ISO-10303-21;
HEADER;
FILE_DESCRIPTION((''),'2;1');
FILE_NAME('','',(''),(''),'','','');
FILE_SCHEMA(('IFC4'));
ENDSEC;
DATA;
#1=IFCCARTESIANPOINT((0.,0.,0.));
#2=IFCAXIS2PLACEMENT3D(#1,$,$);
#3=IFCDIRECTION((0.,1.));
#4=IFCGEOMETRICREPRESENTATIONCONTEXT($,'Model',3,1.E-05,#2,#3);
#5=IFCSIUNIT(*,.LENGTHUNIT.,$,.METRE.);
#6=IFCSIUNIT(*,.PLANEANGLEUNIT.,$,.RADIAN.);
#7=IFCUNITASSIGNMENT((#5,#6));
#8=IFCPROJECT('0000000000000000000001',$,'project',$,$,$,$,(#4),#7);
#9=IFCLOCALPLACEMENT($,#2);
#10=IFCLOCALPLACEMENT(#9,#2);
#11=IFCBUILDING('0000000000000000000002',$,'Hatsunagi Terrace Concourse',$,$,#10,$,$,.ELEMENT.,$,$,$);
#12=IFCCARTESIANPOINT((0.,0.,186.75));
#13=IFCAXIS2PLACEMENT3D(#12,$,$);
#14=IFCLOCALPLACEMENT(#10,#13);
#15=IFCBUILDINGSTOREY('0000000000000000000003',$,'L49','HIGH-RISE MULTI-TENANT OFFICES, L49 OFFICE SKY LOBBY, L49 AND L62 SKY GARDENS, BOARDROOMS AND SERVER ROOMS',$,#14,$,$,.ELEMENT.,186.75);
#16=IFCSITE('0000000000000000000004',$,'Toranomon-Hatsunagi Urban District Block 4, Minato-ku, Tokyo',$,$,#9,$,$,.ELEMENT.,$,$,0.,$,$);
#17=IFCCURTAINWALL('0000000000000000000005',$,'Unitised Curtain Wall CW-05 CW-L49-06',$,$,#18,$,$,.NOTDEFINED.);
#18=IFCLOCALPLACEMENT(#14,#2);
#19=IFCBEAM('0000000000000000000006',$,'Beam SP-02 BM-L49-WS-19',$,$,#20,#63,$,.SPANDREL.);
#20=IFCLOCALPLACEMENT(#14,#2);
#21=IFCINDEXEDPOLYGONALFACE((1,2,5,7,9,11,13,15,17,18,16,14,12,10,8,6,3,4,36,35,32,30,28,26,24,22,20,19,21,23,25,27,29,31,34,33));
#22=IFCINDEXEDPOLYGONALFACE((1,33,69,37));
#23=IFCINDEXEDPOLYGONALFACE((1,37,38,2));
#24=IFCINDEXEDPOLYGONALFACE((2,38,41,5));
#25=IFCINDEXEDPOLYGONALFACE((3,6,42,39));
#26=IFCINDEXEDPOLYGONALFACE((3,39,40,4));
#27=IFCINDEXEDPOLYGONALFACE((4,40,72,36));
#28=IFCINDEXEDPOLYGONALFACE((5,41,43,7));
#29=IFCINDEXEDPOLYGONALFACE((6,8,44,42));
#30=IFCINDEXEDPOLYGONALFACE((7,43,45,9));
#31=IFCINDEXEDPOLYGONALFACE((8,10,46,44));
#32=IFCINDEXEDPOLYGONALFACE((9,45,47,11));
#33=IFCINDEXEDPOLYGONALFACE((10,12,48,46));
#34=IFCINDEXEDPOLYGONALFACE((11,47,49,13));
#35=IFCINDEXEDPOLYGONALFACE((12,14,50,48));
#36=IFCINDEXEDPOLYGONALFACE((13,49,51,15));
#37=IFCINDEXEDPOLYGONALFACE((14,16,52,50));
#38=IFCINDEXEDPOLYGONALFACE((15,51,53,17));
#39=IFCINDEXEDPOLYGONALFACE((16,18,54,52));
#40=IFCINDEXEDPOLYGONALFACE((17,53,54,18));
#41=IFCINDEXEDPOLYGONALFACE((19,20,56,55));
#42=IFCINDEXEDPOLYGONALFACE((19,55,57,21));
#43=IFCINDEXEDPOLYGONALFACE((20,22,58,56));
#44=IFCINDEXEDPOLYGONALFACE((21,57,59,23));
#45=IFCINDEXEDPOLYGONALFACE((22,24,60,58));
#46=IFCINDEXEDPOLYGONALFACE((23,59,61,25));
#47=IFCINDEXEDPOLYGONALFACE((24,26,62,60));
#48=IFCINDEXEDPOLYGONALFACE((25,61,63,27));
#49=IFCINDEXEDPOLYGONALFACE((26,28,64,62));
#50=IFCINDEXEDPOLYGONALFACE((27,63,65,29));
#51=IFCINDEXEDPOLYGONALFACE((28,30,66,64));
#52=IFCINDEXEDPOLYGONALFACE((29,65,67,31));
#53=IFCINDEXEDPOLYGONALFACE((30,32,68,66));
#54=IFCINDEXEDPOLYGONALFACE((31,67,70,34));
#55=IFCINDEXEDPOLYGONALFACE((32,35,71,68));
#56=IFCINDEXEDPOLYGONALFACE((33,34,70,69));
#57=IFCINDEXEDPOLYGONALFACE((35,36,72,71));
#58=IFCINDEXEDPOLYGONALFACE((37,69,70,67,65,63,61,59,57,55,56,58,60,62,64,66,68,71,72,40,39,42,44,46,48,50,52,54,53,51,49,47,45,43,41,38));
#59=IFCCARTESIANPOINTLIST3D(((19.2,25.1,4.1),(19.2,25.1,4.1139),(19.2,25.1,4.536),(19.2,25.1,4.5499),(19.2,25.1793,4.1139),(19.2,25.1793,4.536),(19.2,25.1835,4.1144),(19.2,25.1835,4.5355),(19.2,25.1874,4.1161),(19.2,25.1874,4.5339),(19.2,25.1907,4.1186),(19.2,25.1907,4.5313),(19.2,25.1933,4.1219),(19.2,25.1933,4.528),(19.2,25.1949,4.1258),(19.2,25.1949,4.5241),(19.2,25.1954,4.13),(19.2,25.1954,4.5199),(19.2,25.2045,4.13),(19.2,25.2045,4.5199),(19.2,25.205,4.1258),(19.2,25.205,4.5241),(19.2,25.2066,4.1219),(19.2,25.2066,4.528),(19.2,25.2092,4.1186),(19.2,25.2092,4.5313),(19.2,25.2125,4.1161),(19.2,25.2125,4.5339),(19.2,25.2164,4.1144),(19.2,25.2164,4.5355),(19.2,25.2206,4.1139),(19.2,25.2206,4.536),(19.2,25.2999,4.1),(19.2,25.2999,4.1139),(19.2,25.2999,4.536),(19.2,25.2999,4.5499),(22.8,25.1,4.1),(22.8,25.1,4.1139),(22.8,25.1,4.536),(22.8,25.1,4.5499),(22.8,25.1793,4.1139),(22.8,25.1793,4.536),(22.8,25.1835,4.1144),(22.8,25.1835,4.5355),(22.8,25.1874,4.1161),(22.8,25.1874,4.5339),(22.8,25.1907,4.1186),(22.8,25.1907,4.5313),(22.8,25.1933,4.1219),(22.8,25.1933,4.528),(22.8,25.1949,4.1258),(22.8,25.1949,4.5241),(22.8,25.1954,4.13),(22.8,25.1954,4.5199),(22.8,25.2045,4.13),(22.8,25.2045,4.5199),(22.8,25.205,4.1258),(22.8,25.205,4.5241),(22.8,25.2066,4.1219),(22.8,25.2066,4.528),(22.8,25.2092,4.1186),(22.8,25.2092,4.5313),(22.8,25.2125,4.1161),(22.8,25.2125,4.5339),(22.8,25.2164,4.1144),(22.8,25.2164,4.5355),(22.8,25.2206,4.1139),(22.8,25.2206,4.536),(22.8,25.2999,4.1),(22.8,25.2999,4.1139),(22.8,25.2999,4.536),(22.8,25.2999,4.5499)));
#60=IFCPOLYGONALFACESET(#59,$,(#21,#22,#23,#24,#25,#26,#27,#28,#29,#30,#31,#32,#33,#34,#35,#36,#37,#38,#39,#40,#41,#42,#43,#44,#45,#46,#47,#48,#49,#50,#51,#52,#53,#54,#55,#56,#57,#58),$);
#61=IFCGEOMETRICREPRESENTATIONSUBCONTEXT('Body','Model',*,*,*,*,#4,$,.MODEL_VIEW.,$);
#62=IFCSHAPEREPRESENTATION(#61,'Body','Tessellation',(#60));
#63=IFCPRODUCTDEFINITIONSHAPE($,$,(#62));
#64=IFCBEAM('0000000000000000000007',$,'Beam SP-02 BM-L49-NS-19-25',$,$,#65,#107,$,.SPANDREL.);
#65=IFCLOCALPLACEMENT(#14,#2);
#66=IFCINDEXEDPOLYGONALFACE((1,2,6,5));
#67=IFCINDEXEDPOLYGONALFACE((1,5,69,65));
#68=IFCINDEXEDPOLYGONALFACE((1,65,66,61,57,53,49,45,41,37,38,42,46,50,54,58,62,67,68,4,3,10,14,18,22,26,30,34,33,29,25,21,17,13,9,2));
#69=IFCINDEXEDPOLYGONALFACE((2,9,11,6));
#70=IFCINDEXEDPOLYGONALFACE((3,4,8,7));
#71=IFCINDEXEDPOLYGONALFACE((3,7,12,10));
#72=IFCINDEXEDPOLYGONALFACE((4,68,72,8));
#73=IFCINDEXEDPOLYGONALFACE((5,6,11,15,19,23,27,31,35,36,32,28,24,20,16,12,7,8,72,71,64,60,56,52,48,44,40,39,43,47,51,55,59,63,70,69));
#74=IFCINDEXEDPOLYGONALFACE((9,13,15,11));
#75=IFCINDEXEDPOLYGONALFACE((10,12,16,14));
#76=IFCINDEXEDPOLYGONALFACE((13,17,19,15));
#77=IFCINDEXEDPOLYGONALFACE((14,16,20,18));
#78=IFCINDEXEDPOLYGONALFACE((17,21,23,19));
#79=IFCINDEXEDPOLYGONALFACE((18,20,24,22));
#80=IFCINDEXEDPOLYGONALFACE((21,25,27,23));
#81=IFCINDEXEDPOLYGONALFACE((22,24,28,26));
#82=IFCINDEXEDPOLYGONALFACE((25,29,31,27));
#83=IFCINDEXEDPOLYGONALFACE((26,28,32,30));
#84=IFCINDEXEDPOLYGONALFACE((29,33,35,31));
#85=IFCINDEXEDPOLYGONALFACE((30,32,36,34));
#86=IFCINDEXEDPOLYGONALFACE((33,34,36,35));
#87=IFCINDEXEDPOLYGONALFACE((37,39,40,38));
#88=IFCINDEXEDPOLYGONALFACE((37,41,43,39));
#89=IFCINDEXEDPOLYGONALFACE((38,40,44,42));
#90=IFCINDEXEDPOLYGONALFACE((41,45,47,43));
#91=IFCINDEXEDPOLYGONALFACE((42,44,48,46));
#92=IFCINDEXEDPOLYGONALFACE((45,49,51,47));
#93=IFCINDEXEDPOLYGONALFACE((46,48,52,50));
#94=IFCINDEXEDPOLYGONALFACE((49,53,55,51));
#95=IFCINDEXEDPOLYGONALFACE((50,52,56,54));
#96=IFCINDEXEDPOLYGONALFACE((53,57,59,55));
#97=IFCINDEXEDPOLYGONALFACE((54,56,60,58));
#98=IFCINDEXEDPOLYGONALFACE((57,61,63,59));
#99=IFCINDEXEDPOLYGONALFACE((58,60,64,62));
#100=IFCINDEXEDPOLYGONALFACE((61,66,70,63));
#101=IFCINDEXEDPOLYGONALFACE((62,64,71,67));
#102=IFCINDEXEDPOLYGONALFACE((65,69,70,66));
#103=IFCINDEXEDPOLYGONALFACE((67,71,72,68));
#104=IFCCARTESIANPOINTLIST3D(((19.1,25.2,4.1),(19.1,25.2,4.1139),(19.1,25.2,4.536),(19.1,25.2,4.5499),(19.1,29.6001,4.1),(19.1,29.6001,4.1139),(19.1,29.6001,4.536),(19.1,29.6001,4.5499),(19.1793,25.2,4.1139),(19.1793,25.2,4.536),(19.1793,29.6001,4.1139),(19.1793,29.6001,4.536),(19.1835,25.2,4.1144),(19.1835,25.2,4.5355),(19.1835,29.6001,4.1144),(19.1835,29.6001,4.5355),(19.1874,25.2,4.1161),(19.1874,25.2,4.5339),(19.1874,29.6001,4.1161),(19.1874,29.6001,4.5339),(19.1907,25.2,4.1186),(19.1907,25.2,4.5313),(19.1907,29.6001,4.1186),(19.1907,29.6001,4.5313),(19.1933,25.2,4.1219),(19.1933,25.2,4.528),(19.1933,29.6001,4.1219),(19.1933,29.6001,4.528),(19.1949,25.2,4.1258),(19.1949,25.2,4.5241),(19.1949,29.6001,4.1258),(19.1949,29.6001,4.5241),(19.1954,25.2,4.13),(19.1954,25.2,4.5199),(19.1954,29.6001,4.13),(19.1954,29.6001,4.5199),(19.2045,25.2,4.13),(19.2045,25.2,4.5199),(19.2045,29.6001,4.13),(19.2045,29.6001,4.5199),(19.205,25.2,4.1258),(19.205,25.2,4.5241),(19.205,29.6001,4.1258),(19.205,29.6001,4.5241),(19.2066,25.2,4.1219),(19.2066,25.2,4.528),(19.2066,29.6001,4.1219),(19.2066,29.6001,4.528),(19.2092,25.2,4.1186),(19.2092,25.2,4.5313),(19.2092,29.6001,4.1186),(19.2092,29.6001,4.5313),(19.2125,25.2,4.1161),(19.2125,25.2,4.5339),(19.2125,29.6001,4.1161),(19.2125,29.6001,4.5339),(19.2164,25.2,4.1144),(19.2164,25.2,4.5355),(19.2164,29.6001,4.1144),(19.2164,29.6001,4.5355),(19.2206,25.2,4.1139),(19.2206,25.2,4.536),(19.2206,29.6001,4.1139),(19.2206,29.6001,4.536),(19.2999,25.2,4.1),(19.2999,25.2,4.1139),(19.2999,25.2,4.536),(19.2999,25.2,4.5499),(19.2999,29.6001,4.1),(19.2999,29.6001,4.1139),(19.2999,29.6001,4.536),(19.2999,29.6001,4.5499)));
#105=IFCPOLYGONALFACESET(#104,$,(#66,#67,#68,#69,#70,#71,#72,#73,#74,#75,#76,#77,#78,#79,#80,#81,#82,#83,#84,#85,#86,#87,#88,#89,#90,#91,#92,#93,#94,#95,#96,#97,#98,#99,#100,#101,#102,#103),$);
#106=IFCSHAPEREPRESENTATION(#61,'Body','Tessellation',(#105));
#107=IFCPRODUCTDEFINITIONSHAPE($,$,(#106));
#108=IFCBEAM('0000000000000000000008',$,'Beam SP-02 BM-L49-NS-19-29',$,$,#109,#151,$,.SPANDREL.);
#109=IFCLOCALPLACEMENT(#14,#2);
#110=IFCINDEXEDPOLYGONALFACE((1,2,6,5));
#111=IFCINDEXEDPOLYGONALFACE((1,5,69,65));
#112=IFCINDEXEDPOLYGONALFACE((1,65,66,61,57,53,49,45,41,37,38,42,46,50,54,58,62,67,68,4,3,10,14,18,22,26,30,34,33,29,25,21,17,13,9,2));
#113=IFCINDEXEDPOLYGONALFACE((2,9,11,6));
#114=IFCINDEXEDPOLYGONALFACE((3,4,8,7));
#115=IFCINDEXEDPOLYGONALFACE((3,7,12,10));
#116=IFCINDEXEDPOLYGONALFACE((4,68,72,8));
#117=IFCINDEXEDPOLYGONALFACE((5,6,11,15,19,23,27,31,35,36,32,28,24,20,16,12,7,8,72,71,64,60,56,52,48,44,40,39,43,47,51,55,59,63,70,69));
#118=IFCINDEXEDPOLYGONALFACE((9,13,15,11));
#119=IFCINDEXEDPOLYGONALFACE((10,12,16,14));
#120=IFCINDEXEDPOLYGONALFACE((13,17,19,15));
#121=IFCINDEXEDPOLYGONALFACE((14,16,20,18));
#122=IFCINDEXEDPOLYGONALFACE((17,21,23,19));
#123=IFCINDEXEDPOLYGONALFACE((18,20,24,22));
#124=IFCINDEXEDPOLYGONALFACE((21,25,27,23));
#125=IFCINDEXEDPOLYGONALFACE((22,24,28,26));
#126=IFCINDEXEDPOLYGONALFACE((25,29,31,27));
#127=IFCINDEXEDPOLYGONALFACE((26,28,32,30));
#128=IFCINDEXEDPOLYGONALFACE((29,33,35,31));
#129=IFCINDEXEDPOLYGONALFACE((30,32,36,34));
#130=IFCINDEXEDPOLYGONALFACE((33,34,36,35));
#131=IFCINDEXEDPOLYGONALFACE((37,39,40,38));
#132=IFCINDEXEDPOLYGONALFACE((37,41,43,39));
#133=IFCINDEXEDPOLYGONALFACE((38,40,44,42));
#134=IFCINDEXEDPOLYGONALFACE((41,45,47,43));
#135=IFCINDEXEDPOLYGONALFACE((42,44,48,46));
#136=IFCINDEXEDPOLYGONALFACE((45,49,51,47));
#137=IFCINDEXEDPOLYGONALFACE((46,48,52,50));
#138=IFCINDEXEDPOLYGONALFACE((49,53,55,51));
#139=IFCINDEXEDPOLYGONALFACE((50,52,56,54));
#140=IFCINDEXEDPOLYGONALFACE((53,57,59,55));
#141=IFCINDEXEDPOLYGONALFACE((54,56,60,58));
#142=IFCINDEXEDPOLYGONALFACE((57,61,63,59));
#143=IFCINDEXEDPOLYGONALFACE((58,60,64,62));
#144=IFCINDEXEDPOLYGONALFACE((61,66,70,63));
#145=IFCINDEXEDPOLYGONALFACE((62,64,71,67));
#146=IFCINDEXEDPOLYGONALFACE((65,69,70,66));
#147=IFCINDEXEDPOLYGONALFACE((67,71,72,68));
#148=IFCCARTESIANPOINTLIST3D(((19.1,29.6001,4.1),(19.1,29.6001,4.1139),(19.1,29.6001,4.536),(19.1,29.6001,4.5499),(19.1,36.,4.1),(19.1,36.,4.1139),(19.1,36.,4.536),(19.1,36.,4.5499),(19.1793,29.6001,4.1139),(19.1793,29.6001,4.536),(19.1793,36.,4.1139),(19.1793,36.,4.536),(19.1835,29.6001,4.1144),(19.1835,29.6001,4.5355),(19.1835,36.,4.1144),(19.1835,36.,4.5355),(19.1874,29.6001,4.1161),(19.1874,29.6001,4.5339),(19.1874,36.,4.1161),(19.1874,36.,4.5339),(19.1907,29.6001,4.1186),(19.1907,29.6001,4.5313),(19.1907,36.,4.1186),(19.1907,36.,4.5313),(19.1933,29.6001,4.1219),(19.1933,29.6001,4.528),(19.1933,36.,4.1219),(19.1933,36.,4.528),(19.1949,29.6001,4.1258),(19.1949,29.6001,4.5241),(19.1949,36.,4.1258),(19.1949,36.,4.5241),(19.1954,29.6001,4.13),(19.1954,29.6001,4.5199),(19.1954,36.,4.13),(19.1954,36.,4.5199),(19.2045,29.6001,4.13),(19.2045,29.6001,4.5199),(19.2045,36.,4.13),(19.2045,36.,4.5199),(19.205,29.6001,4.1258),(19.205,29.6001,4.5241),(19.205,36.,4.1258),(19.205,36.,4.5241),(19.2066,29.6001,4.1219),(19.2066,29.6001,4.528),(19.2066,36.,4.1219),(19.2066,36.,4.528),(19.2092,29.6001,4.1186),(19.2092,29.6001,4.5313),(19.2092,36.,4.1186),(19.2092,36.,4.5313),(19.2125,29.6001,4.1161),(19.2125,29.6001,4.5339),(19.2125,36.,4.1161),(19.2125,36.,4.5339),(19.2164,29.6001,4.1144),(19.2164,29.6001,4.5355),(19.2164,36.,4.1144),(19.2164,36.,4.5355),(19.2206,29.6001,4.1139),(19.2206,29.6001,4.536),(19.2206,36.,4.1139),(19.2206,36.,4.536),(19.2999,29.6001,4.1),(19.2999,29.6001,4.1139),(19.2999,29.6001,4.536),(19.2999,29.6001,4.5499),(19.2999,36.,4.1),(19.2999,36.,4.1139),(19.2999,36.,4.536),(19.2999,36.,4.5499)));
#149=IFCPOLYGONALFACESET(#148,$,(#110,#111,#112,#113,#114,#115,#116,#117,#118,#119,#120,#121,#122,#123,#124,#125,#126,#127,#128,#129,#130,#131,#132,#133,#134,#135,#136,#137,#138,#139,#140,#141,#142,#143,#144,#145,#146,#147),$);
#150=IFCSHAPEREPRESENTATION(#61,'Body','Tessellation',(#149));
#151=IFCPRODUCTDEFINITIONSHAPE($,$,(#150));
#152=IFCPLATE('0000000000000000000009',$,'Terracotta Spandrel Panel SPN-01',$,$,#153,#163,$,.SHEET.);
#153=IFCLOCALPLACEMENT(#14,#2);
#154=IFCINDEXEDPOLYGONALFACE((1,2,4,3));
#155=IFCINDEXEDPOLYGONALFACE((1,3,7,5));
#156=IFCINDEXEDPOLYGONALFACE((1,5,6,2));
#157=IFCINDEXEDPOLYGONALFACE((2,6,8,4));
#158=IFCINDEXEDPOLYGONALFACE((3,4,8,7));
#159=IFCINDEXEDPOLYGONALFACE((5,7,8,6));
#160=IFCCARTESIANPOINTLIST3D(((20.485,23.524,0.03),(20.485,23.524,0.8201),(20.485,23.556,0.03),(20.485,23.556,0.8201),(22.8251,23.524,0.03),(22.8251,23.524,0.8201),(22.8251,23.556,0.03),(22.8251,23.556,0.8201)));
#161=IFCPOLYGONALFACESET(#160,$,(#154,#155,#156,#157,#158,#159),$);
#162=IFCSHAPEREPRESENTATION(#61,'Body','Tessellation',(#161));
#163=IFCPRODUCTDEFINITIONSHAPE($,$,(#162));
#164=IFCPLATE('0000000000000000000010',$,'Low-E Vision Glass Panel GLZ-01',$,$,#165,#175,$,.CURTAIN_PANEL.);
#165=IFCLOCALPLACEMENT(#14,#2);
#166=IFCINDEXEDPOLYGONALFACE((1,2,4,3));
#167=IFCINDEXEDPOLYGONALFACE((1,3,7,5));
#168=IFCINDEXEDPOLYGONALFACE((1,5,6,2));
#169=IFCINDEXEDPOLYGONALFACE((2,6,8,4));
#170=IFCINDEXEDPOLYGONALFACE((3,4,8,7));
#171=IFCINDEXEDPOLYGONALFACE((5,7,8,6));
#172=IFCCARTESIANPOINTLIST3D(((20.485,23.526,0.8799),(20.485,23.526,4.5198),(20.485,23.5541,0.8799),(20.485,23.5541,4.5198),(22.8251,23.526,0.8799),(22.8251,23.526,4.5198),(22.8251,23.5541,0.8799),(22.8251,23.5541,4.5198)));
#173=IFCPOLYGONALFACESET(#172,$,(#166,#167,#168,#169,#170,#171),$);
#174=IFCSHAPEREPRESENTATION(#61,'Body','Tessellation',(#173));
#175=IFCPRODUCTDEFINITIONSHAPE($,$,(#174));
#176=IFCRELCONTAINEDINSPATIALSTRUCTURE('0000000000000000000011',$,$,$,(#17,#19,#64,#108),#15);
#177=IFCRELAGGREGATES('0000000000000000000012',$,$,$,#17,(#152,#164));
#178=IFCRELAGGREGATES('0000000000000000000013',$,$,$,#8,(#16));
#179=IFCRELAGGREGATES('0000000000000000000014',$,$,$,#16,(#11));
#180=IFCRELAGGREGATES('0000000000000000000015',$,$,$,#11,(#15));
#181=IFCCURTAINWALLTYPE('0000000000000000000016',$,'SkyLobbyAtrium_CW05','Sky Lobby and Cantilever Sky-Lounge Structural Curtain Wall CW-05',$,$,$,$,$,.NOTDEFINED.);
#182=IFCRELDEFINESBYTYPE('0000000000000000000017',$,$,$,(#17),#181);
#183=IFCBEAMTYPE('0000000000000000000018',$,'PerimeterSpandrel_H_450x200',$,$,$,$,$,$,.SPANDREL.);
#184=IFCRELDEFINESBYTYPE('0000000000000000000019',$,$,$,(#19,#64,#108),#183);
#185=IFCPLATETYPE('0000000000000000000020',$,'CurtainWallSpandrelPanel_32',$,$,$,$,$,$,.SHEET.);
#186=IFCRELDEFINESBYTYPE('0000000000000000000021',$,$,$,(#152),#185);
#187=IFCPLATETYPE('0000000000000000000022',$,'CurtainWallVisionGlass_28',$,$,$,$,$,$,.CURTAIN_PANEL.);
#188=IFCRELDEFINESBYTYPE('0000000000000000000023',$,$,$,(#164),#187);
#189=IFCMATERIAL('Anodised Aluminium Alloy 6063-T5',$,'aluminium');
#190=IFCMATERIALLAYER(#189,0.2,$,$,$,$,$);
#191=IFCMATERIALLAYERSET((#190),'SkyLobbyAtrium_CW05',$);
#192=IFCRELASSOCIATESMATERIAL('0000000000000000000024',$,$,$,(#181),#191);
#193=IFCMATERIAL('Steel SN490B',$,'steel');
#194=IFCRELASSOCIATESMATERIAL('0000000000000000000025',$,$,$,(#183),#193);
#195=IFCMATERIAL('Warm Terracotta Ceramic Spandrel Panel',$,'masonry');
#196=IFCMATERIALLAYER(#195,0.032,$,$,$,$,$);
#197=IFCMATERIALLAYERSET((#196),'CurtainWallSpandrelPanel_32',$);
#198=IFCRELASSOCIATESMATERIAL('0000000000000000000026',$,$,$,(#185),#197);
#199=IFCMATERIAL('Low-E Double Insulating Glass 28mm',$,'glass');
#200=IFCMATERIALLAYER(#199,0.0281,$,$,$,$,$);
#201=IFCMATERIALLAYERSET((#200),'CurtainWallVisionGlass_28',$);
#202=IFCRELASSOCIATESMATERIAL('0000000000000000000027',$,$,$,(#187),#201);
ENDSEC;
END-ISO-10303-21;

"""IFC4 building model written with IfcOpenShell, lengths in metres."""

from ifc_helpers import new_model, si_unit, direction, frame, origin, origin_2d, place, context, subcontext, project, spatial, rectangle, i_section, extrude, material, layer, layer_set, material_profile, profile_set, type_object, element, aggregate, save


model = new_model("IFC4")

# Units and contexts
model_context = context("Model", 3, precision=1e-05, world=origin(), true_north=direction((0.0, 1.0)))
body_context = subcontext(model_context, "Body", "Model", "MODEL_VIEW")
ifc_project = project(units=[si_unit("LENGTHUNIT", "METRE"), si_unit("PLANEANGLEUNIT", "RADIAN")], contexts=[model_context])

# Site, building, storey
site_placement = place(None, origin())
site = spatial("IfcSite", under=ifc_project, at=site_placement, Name="Toranomon-Hatsunagi Urban District Block 4, Minato-ku, Tokyo", CompositionType="ELEMENT", RefElevation=0.0)
building_placement = place(site_placement, origin())
building = spatial("IfcBuilding", under=site, at=building_placement, Name="Hatsunagi Terrace Concourse", CompositionType="ELEMENT")
storey_placement = place(building_placement, frame((0.0, 0.0, 186.75)))
storey = spatial("IfcBuildingStorey", under=building, at=storey_placement, Name="L49", Description="HIGH-RISE MULTI-TENANT OFFICES, L49 OFFICE SKY LOBBY, L49 AND L62 SKY GARDENS, BOARDROOMS AND SERVER ROOMS", CompositionType="ELEMENT", Elevation=186.75)

# Curtain wall
ifc_material_1 = material(Name="Anodised Aluminium Alloy 6063-T5", Category="aluminium")
ifc_layer_1 = layer(ifc_material_1, 0.2)
ifc_layer_set_1 = layer_set([ifc_layer_1], Name="SkyLobbyAtrium_CW05")
curtain_wall_type = type_object("IfcCurtainWallType", Name="SkyLobbyAtrium_CW05", Description="Sky Lobby and Cantilever Sky-Lounge Structural Curtain Wall CW-05", PredefinedType="NOTDEFINED", material=ifc_layer_set_1)
curtain_wall_placement = place(storey_placement, origin())
curtain_wall = element("IfcCurtainWall", 1, at=curtain_wall_placement, inside=storey, type_object=curtain_wall_type, Name="Unitised Curtain Wall CW-05 CW-L49-06", PredefinedType="NOTDEFINED")

# Beams
ifc_material_2 = material(Name="Steel SN490B", Category="steel")
ifc_material_profile_1 = material_profile(ifc_material_2, i_section(OverallWidth=0.2, OverallDepth=0.45, WebThickness=0.009, FlangeThickness=0.0139, FilletRadius=0.0161, at=origin_2d()), Name="H-450x200x9x14")
ifc_profile_set_1 = profile_set([ifc_material_profile_1], Name="Steel SN490B")
beam_type_1 = type_object("IfcBeamType", Name="PerimeterSpandrel_H_450x200", PredefinedType="SPANDREL", material=ifc_profile_set_1)
beam_1_placement = place(storey_placement, frame((19.2, 25.2, 4.325), z_axis=(1.0, 0.0, 0.0), x_axis=(0.0, 1.0, 0.0)))
element("IfcBeam", 2, at=beam_1_placement, inside=storey, type_object=beam_type_1, Name="Beam SP-02 BM-L49-WS-19", PredefinedType="SPANDREL", context=body_context, shape_type="SweptSolid", body=[
    extrude(i_section(OverallWidth=0.2, OverallDepth=0.45, WebThickness=0.009, FlangeThickness=0.0139, FilletRadius=0.0161, at=origin_2d()), origin(), (0.0, 0.0, 1.0), 3.6001),
])
beam_2_placement = place(storey_placement, frame((19.2, 25.2, 4.325), z_axis=(0.0, 1.0, 0.0), x_axis=(-1.0, 0.0, 0.0)))
element("IfcBeam", 3, at=beam_2_placement, inside=storey, type_object=beam_type_1, Name="Beam SP-02 BM-L49-NS-19-25", PredefinedType="SPANDREL", context=body_context, shape_type="SweptSolid", body=[
    extrude(i_section(OverallWidth=0.2, OverallDepth=0.45, WebThickness=0.009, FlangeThickness=0.0139, FilletRadius=0.0161, at=origin_2d()), origin(), (0.0, 0.0, 1.0), 4.4001),
])
beam_3_placement = place(storey_placement, frame((19.2, 29.6001, 4.325), z_axis=(0.0, 1.0, 0.0), x_axis=(-1.0, 0.0, 0.0)))
element("IfcBeam", 4, at=beam_3_placement, inside=storey, type_object=beam_type_1, Name="Beam SP-02 BM-L49-NS-19-29", PredefinedType="SPANDREL", context=body_context, shape_type="SweptSolid", body=[
    extrude(i_section(OverallWidth=0.2, OverallDepth=0.45, WebThickness=0.009, FlangeThickness=0.0139, FilletRadius=0.0161, at=origin_2d()), origin(), (0.0, 0.0, 1.0), 6.3999),
])

# Plates
ifc_material_3 = material(Name="Warm Terracotta Ceramic Spandrel Panel", Category="masonry")
ifc_layer_2 = layer(ifc_material_3, 0.032)
ifc_layer_set_2 = layer_set([ifc_layer_2], Name="CurtainWallSpandrelPanel_32")
plate_type_1 = type_object("IfcPlateType", Name="CurtainWallSpandrelPanel_32", PredefinedType="SHEET", material=ifc_layer_set_2)
plate_1_placement = place(storey_placement, frame((21.655, 23.54, 0.03), z_axis=(0.0, 0.0, 1.0), x_axis=(-1.0, 0.0, 0.0)))
plate_1 = element("IfcPlate", 5, at=plate_1_placement, type_object=plate_type_1, Name="Terracotta Spandrel Panel SPN-01", PredefinedType="SHEET", context=body_context, shape_type="SweptSolid", body=[
    extrude(rectangle(XDim=2.3401, YDim=0.032, at=origin_2d()), origin(), (0.0, 0.0, 1.0), 0.79),
])
ifc_material_4 = material(Name="Low-E Double Insulating Glass 28mm", Category="glass")
ifc_layer_3 = layer(ifc_material_4, 0.0281)
ifc_layer_set_3 = layer_set([ifc_layer_3], Name="CurtainWallVisionGlass_28")
plate_type_2 = type_object("IfcPlateType", Name="CurtainWallVisionGlass_28", PredefinedType="CURTAIN_PANEL", material=ifc_layer_set_3)
plate_2_placement = place(storey_placement, frame((21.655, 23.54, 0.8799), z_axis=(0.0, 0.0, 1.0), x_axis=(-1.0, 0.0, 0.0)))
plate_2 = element("IfcPlate", 6, at=plate_2_placement, type_object=plate_type_2, Name="Low-E Vision Glass Panel GLZ-01", PredefinedType="CURTAIN_PANEL", context=body_context, shape_type="SweptSolid", body=[
    extrude(rectangle(XDim=2.3401, YDim=0.0281, at=origin_2d()), origin(), (0.0, 0.0, 1.0), 3.6399),
])
aggregate(curtain_wall, [plate_1, plate_2])

save(model, "model.ifc")
